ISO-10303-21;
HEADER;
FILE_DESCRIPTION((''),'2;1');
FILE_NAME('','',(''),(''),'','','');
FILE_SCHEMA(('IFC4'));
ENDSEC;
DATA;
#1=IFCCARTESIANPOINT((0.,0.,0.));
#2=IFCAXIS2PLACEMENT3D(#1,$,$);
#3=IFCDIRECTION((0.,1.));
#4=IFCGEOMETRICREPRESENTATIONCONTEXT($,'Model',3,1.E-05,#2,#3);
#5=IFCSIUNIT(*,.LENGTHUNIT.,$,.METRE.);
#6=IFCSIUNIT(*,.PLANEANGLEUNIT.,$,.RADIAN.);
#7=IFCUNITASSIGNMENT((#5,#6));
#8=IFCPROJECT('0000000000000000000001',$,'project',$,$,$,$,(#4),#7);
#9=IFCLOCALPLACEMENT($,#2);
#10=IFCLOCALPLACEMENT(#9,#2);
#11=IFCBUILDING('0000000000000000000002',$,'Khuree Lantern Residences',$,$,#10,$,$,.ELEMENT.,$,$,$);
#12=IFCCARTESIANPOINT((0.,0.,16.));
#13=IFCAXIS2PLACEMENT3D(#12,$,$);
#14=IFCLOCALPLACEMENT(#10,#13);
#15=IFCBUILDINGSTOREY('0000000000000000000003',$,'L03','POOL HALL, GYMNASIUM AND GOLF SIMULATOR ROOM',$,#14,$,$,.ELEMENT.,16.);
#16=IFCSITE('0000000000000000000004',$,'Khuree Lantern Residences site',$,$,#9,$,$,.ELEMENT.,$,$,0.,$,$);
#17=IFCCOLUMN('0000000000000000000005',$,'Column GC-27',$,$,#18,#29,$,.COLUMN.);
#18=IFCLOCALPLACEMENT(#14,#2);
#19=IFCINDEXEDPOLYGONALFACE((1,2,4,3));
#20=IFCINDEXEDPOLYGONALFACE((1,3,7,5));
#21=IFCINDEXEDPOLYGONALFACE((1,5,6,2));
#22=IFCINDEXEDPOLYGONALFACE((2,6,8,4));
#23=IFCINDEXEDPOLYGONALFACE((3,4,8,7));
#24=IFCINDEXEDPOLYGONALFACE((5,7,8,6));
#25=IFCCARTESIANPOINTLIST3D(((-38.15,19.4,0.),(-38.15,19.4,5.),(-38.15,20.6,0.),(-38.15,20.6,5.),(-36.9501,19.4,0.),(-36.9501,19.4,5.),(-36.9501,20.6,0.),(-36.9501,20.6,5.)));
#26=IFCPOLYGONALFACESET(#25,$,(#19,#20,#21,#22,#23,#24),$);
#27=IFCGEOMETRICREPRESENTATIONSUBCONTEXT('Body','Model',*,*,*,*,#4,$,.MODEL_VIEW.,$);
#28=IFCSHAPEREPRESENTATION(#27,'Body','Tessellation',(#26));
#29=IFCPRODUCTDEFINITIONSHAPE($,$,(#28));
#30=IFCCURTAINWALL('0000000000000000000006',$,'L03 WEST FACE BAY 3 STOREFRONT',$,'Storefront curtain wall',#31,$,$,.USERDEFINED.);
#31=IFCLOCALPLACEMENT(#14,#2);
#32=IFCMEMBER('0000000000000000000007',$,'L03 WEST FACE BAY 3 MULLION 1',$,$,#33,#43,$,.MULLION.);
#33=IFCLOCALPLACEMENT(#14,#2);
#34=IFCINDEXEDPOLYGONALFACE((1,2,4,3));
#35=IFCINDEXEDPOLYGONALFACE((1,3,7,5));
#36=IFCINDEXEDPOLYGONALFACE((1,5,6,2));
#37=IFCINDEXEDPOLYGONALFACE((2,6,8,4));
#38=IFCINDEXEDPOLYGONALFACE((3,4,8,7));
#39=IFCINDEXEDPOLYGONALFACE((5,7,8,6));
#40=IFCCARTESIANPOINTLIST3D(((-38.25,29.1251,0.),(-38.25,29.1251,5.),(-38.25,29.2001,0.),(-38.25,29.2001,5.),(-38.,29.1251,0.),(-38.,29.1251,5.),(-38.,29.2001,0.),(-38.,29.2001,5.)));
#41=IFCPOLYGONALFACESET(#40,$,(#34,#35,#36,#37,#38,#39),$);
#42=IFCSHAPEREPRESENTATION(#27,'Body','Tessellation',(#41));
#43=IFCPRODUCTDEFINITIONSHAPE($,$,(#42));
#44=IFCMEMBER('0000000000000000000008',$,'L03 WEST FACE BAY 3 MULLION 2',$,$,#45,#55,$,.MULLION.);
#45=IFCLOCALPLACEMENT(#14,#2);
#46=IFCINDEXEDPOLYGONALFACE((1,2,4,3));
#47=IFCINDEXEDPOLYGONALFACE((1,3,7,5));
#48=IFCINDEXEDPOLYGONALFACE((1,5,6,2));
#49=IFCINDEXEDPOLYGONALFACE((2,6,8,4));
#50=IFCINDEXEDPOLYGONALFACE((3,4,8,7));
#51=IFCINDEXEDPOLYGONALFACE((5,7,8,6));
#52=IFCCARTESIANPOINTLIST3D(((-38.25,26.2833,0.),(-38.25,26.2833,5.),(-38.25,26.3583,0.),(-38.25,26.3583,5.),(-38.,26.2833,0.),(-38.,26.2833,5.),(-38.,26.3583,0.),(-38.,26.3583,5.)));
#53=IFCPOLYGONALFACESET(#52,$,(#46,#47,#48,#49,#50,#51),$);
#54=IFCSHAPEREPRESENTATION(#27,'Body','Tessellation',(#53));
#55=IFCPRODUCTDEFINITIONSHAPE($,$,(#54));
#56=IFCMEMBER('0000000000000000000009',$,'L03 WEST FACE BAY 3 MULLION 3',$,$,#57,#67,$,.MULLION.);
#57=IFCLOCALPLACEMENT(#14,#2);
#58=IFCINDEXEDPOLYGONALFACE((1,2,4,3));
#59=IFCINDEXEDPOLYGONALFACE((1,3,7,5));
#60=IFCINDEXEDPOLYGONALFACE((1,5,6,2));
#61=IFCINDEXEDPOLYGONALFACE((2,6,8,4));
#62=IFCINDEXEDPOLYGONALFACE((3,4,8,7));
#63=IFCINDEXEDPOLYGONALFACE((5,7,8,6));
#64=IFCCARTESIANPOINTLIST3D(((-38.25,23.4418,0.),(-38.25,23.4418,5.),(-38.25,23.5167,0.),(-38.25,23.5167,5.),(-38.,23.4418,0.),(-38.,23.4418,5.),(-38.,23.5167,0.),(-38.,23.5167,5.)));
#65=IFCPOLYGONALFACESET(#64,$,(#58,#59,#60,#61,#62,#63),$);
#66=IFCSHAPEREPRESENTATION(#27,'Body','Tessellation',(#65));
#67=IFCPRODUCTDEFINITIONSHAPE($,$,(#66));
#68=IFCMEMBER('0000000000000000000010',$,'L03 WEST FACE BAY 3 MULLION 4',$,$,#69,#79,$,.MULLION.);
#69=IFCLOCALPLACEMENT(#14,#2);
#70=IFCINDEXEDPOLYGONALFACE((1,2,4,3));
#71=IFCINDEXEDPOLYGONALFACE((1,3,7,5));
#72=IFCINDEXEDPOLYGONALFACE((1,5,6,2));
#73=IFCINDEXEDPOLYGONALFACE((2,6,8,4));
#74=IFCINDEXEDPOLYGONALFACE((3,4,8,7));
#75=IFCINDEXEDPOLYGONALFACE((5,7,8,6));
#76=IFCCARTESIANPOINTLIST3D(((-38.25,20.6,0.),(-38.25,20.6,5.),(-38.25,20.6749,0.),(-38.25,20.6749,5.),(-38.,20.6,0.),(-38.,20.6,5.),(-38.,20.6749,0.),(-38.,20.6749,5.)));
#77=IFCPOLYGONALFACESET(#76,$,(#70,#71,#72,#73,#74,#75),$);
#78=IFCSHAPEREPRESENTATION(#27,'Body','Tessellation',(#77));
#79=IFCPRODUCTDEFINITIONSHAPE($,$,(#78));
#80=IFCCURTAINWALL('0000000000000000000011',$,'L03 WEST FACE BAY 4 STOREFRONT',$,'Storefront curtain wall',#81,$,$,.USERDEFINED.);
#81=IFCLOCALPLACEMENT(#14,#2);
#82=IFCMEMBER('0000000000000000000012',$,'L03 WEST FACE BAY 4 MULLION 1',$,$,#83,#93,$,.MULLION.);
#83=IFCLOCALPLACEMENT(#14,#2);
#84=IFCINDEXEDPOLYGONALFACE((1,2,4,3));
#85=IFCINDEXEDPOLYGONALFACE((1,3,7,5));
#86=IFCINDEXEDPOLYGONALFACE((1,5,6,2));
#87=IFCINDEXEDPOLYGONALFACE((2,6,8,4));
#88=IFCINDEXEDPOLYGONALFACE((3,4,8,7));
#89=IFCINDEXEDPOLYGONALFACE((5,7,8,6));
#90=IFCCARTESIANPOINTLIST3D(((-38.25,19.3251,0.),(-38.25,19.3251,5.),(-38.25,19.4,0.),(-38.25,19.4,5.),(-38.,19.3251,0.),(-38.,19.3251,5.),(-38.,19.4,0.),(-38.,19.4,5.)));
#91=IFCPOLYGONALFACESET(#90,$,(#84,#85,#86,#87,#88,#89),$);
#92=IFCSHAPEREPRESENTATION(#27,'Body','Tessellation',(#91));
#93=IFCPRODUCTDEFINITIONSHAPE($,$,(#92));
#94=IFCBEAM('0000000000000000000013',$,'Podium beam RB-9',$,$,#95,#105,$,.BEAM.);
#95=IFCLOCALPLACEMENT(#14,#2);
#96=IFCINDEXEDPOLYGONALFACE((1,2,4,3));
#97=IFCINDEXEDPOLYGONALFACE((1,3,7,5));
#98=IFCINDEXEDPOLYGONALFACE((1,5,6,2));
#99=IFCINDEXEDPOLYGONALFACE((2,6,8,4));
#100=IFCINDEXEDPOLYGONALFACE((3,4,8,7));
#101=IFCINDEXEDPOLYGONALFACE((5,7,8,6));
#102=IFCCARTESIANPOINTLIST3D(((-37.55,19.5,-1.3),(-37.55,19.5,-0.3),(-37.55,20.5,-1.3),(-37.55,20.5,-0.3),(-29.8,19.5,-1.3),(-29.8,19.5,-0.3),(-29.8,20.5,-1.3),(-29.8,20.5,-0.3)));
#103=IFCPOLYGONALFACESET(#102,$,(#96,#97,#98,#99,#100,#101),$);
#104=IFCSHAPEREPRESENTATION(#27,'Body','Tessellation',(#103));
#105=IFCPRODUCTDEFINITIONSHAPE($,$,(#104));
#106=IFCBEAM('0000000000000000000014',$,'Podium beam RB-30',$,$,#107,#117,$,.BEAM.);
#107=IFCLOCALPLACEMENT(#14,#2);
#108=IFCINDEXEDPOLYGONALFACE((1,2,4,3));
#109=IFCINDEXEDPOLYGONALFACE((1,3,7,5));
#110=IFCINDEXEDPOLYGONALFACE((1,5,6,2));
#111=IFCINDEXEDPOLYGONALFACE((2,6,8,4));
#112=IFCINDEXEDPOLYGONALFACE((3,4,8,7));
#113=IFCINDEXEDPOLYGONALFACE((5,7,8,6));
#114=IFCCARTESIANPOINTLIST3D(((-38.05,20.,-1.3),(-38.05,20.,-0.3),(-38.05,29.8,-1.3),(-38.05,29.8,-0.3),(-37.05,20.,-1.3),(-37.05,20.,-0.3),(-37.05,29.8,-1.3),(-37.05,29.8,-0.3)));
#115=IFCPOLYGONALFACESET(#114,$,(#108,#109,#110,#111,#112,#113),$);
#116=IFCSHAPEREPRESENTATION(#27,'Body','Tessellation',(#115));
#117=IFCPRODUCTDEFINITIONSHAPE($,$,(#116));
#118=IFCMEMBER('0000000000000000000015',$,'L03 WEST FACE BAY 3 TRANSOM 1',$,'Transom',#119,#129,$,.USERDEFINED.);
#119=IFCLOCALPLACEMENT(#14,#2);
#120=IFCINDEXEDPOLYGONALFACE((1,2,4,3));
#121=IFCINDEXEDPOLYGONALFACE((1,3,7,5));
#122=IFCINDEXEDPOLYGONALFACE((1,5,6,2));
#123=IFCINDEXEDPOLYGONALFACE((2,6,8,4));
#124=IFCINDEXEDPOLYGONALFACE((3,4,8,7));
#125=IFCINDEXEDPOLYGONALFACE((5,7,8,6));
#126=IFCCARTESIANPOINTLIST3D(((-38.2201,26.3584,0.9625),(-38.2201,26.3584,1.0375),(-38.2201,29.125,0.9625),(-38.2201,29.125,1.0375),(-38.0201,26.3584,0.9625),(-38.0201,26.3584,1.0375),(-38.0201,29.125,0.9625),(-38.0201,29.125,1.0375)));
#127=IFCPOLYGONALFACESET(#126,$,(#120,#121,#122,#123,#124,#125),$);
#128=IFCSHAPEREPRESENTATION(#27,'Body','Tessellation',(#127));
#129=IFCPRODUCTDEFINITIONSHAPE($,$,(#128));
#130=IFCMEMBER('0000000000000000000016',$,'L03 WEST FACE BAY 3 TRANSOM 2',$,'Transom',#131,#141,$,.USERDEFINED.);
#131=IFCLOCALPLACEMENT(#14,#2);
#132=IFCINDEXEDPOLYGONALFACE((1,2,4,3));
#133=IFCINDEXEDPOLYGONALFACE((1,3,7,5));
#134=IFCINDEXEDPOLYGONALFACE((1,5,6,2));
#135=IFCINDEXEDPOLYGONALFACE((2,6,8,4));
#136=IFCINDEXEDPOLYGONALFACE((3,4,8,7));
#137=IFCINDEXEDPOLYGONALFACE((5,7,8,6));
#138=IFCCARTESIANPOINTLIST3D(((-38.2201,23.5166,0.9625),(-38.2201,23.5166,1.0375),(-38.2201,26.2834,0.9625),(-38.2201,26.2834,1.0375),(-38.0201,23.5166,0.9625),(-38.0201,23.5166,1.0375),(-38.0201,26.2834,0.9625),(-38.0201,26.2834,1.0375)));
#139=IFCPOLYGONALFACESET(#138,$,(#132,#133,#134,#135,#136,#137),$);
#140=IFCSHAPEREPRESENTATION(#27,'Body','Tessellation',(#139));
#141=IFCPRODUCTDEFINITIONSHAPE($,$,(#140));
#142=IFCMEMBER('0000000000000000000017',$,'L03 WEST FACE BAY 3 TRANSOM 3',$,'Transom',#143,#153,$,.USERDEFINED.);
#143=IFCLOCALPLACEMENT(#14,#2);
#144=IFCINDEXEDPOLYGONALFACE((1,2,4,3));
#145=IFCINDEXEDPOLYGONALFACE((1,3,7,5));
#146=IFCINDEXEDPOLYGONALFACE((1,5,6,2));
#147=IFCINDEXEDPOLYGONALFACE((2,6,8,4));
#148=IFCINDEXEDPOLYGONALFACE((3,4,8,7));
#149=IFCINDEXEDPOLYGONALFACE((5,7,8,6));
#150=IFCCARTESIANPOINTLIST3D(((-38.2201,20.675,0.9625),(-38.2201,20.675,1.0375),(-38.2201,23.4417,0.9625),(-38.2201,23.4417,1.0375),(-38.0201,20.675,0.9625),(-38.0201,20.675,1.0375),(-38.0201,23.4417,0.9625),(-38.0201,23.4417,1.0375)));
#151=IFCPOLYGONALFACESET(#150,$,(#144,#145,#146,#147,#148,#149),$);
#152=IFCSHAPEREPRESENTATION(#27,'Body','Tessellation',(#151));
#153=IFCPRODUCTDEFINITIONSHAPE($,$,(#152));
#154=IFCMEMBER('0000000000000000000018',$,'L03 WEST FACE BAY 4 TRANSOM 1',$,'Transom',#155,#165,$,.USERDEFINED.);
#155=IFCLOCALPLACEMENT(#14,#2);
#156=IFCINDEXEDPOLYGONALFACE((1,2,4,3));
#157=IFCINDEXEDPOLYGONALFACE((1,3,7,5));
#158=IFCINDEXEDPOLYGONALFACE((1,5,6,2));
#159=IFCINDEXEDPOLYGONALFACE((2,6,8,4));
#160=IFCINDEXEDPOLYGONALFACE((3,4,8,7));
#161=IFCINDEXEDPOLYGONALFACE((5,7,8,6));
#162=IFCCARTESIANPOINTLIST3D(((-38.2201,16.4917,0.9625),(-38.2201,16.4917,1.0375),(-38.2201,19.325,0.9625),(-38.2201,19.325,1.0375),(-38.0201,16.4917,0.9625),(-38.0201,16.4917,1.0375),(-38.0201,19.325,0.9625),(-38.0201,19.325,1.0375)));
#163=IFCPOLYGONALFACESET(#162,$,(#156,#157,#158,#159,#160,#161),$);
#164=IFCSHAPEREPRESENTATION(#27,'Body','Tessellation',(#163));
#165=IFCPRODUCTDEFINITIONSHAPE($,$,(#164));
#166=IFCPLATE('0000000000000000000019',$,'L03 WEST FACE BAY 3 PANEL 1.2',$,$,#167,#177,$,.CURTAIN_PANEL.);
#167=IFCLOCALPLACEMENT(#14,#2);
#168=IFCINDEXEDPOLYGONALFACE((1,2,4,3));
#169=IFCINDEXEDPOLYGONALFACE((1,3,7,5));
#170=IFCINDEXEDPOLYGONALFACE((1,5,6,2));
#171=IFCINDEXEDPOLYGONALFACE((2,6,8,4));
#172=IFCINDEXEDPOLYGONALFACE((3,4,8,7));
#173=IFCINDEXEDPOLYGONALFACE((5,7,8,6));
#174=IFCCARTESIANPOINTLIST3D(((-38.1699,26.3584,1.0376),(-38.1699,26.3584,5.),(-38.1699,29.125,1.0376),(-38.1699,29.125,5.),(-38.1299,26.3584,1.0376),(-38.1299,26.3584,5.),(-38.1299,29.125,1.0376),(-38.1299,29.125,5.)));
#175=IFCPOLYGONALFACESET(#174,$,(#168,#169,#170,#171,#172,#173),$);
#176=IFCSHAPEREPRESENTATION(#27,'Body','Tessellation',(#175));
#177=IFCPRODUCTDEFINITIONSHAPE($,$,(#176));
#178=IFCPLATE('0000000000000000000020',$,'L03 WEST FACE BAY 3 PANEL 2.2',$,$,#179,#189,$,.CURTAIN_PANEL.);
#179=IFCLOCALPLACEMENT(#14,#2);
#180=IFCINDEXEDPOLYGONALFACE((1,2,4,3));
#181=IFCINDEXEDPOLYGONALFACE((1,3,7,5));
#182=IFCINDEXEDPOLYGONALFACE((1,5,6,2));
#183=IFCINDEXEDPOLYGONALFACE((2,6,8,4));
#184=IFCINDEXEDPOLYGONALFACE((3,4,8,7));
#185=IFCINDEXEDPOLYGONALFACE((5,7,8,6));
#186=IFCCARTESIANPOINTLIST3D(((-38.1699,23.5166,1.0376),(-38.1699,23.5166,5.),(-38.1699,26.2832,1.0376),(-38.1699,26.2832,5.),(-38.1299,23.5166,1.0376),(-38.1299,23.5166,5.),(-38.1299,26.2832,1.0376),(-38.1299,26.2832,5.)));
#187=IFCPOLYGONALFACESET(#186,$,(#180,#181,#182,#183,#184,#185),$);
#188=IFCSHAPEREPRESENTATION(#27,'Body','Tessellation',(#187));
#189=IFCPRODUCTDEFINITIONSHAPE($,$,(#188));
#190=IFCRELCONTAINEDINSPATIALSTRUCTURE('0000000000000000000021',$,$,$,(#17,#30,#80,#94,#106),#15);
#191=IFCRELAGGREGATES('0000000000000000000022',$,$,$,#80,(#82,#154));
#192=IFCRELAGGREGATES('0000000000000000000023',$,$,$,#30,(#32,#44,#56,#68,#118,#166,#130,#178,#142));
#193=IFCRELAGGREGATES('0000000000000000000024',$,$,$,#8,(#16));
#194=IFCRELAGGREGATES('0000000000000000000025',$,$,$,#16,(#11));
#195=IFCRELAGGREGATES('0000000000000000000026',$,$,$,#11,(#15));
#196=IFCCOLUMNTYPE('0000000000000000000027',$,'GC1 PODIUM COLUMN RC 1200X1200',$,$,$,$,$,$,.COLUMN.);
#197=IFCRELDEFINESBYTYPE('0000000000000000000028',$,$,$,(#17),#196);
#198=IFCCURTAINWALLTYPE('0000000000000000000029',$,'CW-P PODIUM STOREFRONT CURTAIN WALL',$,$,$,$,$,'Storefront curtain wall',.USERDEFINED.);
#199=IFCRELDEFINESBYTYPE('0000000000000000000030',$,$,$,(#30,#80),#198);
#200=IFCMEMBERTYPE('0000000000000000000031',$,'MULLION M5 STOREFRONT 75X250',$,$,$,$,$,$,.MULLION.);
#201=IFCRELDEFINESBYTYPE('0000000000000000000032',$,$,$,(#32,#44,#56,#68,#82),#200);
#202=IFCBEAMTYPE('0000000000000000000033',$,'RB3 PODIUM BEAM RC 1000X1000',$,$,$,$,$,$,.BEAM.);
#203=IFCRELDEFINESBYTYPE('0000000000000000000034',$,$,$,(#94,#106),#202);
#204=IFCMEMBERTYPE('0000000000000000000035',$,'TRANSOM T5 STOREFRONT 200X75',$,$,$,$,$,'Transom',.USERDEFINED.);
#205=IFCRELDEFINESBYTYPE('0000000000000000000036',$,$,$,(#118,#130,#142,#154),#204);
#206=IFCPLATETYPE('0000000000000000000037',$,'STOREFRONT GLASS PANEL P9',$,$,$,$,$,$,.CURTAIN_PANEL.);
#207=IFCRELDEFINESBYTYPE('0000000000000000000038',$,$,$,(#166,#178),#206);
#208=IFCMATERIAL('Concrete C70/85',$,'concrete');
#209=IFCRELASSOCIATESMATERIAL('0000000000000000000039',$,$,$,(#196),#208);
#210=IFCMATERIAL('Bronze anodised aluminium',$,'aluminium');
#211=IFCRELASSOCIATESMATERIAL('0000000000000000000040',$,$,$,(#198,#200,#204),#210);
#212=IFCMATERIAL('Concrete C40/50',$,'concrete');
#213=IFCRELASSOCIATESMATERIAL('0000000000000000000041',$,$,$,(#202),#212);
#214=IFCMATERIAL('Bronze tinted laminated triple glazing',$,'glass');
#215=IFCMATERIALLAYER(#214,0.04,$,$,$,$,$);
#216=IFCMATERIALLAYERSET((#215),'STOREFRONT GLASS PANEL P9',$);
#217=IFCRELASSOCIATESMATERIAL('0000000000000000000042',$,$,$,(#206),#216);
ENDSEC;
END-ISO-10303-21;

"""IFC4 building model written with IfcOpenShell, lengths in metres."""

from ifc_helpers import new_model, si_unit, direction, frame, origin, origin_2d, place, context, subcontext, project, spatial, rectangle, extrude, material, layer, layer_set, material_profile, profile_set, type_object, element, aggregate, save


model = new_model("IFC4")

# Units and contexts
model_context = context("Model", 3, precision=1e-05, world=origin(), true_north=direction((0.0, 1.0)))
body_context = subcontext(model_context, "Body", "Model", "MODEL_VIEW")
ifc_project = project(units=[si_unit("LENGTHUNIT", "METRE"), si_unit("PLANEANGLEUNIT", "RADIAN")], contexts=[model_context])

# Site, building, storey
site_placement = place(None, origin())
site = spatial("IfcSite", under=ifc_project, at=site_placement, Name="Khuree Lantern Residences site", CompositionType="ELEMENT", RefElevation=0.0)
building_placement = place(site_placement, origin())
building = spatial("IfcBuilding", under=site, at=building_placement, Name="Khuree Lantern Residences", CompositionType="ELEMENT")
storey_placement = place(building_placement, frame((0.0, 0.0, 16.0)))
storey = spatial("IfcBuildingStorey", under=building, at=storey_placement, Name="L03", Description="POOL HALL, GYMNASIUM AND GOLF SIMULATOR ROOM", CompositionType="ELEMENT", Elevation=16.0)

# Column
ifc_material_1 = material(Name="Concrete C70/85", Category="concrete")
ifc_material_profile_1 = material_profile(ifc_material_1, rectangle(XDim=1.2, YDim=1.2, at=origin_2d()), Name="RC 1200X1200")
ifc_profile_set_1 = profile_set([ifc_material_profile_1], Name="Concrete C70/85")
column_type = type_object("IfcColumnType", Name="GC1 PODIUM COLUMN RC 1200X1200", PredefinedType="COLUMN", material=ifc_profile_set_1)
column_placement = place(storey_placement, frame((-37.55, 20.0, 0.0), z_axis=(0.0, 0.0, 1.0), x_axis=(1.0, 0.0, 0.0)))
element("IfcColumn", 1, at=column_placement, inside=storey, type_object=column_type, Name="Column GC-27", PredefinedType="COLUMN", context=body_context, shape_type="SweptSolid", body=[
    extrude(rectangle(XDim=1.2, YDim=1.2, at=origin_2d()), origin(), (0.0, 0.0, 1.0), 5.0),
])

# Curtain wall, members
ifc_material_2 = material(Name="Bronze anodised aluminium", Category="aluminium")
curtain_wall_type = type_object("IfcCurtainWallType", Name="CW-P PODIUM STOREFRONT CURTAIN WALL", ElementType="Storefront curtain wall", PredefinedType="USERDEFINED", material=ifc_material_2)
curtain_wall_1_placement = place(storey_placement, origin())
curtain_wall_1 = element("IfcCurtainWall", 2, at=curtain_wall_1_placement, inside=storey, type_object=curtain_wall_type, Name="L03 WEST FACE BAY 3 STOREFRONT", ObjectType="Storefront curtain wall", PredefinedType="USERDEFINED")
ifc_material_profile_2 = material_profile(ifc_material_2, rectangle(XDim=0.075, YDim=0.25, at=origin_2d()), Name="M5 75X250")
ifc_profile_set_2 = profile_set([ifc_material_profile_2], Name="Bronze anodised aluminium")
member_type_1 = type_object("IfcMemberType", Name="MULLION M5 STOREFRONT 75X250", PredefinedType="MULLION", material=ifc_profile_set_2)
member_1_placement = place(storey_placement, frame((-38.125, 29.1626, 0.0), z_axis=(0.0, 0.0, 1.0), x_axis=(0.0, -1.0, 0.0)))
member_1 = element("IfcMember", 3, at=member_1_placement, type_object=member_type_1, Name="L03 WEST FACE BAY 3 MULLION 1", PredefinedType="MULLION", context=body_context, shape_type="SweptSolid", body=[
    extrude(rectangle(XDim=0.075, YDim=0.25, at=origin_2d()), origin(), (0.0, 0.0, 1.0), 5.0),
])
member_2_placement = place(storey_placement, frame((-38.125, 26.3208, 0.0), z_axis=(0.0, 0.0, 1.0), x_axis=(0.0, -1.0, 0.0)))
member_2 = element("IfcMember", 4, at=member_2_placement, type_object=member_type_1, Name="L03 WEST FACE BAY 3 MULLION 2", PredefinedType="MULLION", context=body_context, shape_type="SweptSolid", body=[
    extrude(rectangle(XDim=0.075, YDim=0.25, at=origin_2d()), origin(), (0.0, 0.0, 1.0), 5.0),
])
member_3_placement = place(storey_placement, frame((-38.125, 23.4792, 0.0), z_axis=(0.0, 0.0, 1.0), x_axis=(0.0, -1.0, 0.0)))
member_3 = element("IfcMember", 5, at=member_3_placement, type_object=member_type_1, Name="L03 WEST FACE BAY 3 MULLION 3", PredefinedType="MULLION", context=body_context, shape_type="SweptSolid", body=[
    extrude(rectangle(XDim=0.075, YDim=0.25, at=origin_2d()), origin(), (0.0, 0.0, 1.0), 5.0),
])
member_4_placement = place(storey_placement, frame((-38.125, 20.6375, 0.0), z_axis=(0.0, 0.0, 1.0), x_axis=(0.0, -1.0, 0.0)))
member_4 = element("IfcMember", 6, at=member_4_placement, type_object=member_type_1, Name="L03 WEST FACE BAY 3 MULLION 4", PredefinedType="MULLION", context=body_context, shape_type="SweptSolid", body=[
    extrude(rectangle(XDim=0.075, YDim=0.25, at=origin_2d()), origin(), (0.0, 0.0, 1.0), 5.0),
])

# Curtain wall, member
curtain_wall_2_placement = place(storey_placement, origin())
curtain_wall_2 = element("IfcCurtainWall", 7, at=curtain_wall_2_placement, inside=storey, type_object=curtain_wall_type, Name="L03 WEST FACE BAY 4 STOREFRONT", ObjectType="Storefront curtain wall", PredefinedType="USERDEFINED")
member_5_placement = place(storey_placement, frame((-38.125, 19.3625, 0.0), z_axis=(0.0, 0.0, 1.0), x_axis=(0.0, -1.0, 0.0)))
member_5 = element("IfcMember", 8, at=member_5_placement, type_object=member_type_1, Name="L03 WEST FACE BAY 4 MULLION 1", PredefinedType="MULLION", context=body_context, shape_type="SweptSolid", body=[
    extrude(rectangle(XDim=0.075, YDim=0.25, at=origin_2d()), origin(), (0.0, 0.0, 1.0), 5.0),
])

# Beams
ifc_material_3 = material(Name="Concrete C40/50", Category="concrete")
ifc_material_profile_3 = material_profile(ifc_material_3, rectangle(XDim=1.0, YDim=1.0, at=origin_2d()), Name="RC 1000X1000")
ifc_profile_set_3 = profile_set([ifc_material_profile_3], Name="Concrete C40/50")
beam_type = type_object("IfcBeamType", Name="RB3 PODIUM BEAM RC 1000X1000", PredefinedType="BEAM", material=ifc_profile_set_3)
beam_1_placement = place(storey_placement, frame((-37.55, 20.0, -0.8), z_axis=(1.0, 0.0, 0.0), x_axis=(0.0, 1.0, 0.0)))
element("IfcBeam", 9, at=beam_1_placement, inside=storey, type_object=beam_type, Name="Podium beam RB-9", PredefinedType="BEAM", context=body_context, shape_type="SweptSolid", body=[
    extrude(rectangle(XDim=1.0, YDim=1.0, at=origin_2d()), origin(), (0.0, 0.0, 1.0), 7.75),
])
beam_2_placement = place(storey_placement, frame((-37.55, 20.0, -0.8), z_axis=(0.0, 1.0, 0.0), x_axis=(-1.0, 0.0, 0.0)))
element("IfcBeam", 10, at=beam_2_placement, inside=storey, type_object=beam_type, Name="Podium beam RB-30", PredefinedType="BEAM", context=body_context, shape_type="SweptSolid", body=[
    extrude(rectangle(XDim=1.0, YDim=1.0, at=origin_2d()), origin(), (0.0, 0.0, 1.0), 9.8),
])

# Members
ifc_material_profile_4 = material_profile(ifc_material_2, rectangle(XDim=0.2, YDim=0.075, at=origin_2d()), Name="T5 200X75")
ifc_profile_set_4 = profile_set([ifc_material_profile_4], Name="Bronze anodised aluminium")
member_type_2 = type_object("IfcMemberType", Name="TRANSOM T5 STOREFRONT 200X75", ElementType="Transom", PredefinedType="USERDEFINED", material=ifc_profile_set_4)
member_6_placement = place(storey_placement, frame((-38.1201, 29.125, 1.0), z_axis=(0.0, -1.0, 0.0), x_axis=(1.0, 0.0, 0.0)))
member_6 = element("IfcMember", 11, at=member_6_placement, type_object=member_type_2, Name="L03 WEST FACE BAY 3 TRANSOM 1", ObjectType="Transom", PredefinedType="USERDEFINED", context=body_context, shape_type="SweptSolid", body=[
    extrude(rectangle(XDim=0.2, YDim=0.075, at=origin_2d()), origin(), (0.0, 0.0, 1.0), 2.7666),
])
member_7_placement = place(storey_placement, frame((-38.1201, 26.2834, 1.0), z_axis=(0.0, -1.0, 0.0), x_axis=(1.0, 0.0, 0.0)))
member_7 = element("IfcMember", 12, at=member_7_placement, type_object=member_type_2, Name="L03 WEST FACE BAY 3 TRANSOM 2", ObjectType="Transom", PredefinedType="USERDEFINED", context=body_context, shape_type="SweptSolid", body=[
    extrude(rectangle(XDim=0.2, YDim=0.075, at=origin_2d()), origin(), (0.0, 0.0, 1.0), 2.7668),
])
member_8_placement = place(storey_placement, frame((-38.1201, 23.4417, 1.0), z_axis=(0.0, -1.0, 0.0), x_axis=(1.0, 0.0, 0.0)))
member_8 = element("IfcMember", 13, at=member_8_placement, type_object=member_type_2, Name="L03 WEST FACE BAY 3 TRANSOM 3", ObjectType="Transom", PredefinedType="USERDEFINED", context=body_context, shape_type="SweptSolid", body=[
    extrude(rectangle(XDim=0.2, YDim=0.075, at=origin_2d()), origin(), (0.0, 0.0, 1.0), 2.7666),
])
member_9_placement = place(storey_placement, frame((-38.1201, 19.325, 1.0), z_axis=(0.0, -1.0, 0.0), x_axis=(1.0, 0.0, 0.0)))
member_9 = element("IfcMember", 14, at=member_9_placement, type_object=member_type_2, Name="L03 WEST FACE BAY 4 TRANSOM 1", ObjectType="Transom", PredefinedType="USERDEFINED", context=body_context, shape_type="SweptSolid", body=[
    extrude(rectangle(XDim=0.2, YDim=0.075, at=origin_2d()), origin(), (0.0, 0.0, 1.0), 2.8333),
])
aggregate(curtain_wall_2, [member_5, member_9])

# Plates
ifc_material_4 = material(Name="Bronze tinted laminated triple glazing", Category="glass")
ifc_layer_1 = layer(ifc_material_4, 0.04)
ifc_layer_set_1 = layer_set([ifc_layer_1], Name="STOREFRONT GLASS PANEL P9")
plate_type_1 = type_object("IfcPlateType", Name="STOREFRONT GLASS PANEL P9", PredefinedType="CURTAIN_PANEL", material=ifc_layer_set_1)
plate_1_placement = place(storey_placement, frame((-38.1499, 27.7417, 1.0376), z_axis=(0.0, 0.0, 1.0), x_axis=(0.0, -1.0, 0.0)))
plate_1 = element("IfcPlate", 15, at=plate_1_placement, type_object=plate_type_1, Name="L03 WEST FACE BAY 3 PANEL 1.2", PredefinedType="CURTAIN_PANEL", context=body_context, shape_type="SweptSolid", body=[
    extrude(rectangle(XDim=2.7666, YDim=0.04, at=origin_2d()), origin(), (0.0, 0.0, 1.0), 3.9624),
])
plate_2_placement = place(storey_placement, frame((-38.1499, 24.8999, 1.0376), z_axis=(0.0, 0.0, 1.0), x_axis=(0.0, -1.0, 0.0)))
plate_2 = element("IfcPlate", 16, at=plate_2_placement, type_object=plate_type_1, Name="L03 WEST FACE BAY 3 PANEL 2.2", PredefinedType="CURTAIN_PANEL", context=body_context, shape_type="SweptSolid", body=[
    extrude(rectangle(XDim=2.7666, YDim=0.04, at=origin_2d()), origin(), (0.0, 0.0, 1.0), 3.9624),
])
aggregate(curtain_wall_1, [member_1, member_2, member_3, member_4, member_6, plate_1, member_7, plate_2, member_8])

save(model, "model.ifc")
